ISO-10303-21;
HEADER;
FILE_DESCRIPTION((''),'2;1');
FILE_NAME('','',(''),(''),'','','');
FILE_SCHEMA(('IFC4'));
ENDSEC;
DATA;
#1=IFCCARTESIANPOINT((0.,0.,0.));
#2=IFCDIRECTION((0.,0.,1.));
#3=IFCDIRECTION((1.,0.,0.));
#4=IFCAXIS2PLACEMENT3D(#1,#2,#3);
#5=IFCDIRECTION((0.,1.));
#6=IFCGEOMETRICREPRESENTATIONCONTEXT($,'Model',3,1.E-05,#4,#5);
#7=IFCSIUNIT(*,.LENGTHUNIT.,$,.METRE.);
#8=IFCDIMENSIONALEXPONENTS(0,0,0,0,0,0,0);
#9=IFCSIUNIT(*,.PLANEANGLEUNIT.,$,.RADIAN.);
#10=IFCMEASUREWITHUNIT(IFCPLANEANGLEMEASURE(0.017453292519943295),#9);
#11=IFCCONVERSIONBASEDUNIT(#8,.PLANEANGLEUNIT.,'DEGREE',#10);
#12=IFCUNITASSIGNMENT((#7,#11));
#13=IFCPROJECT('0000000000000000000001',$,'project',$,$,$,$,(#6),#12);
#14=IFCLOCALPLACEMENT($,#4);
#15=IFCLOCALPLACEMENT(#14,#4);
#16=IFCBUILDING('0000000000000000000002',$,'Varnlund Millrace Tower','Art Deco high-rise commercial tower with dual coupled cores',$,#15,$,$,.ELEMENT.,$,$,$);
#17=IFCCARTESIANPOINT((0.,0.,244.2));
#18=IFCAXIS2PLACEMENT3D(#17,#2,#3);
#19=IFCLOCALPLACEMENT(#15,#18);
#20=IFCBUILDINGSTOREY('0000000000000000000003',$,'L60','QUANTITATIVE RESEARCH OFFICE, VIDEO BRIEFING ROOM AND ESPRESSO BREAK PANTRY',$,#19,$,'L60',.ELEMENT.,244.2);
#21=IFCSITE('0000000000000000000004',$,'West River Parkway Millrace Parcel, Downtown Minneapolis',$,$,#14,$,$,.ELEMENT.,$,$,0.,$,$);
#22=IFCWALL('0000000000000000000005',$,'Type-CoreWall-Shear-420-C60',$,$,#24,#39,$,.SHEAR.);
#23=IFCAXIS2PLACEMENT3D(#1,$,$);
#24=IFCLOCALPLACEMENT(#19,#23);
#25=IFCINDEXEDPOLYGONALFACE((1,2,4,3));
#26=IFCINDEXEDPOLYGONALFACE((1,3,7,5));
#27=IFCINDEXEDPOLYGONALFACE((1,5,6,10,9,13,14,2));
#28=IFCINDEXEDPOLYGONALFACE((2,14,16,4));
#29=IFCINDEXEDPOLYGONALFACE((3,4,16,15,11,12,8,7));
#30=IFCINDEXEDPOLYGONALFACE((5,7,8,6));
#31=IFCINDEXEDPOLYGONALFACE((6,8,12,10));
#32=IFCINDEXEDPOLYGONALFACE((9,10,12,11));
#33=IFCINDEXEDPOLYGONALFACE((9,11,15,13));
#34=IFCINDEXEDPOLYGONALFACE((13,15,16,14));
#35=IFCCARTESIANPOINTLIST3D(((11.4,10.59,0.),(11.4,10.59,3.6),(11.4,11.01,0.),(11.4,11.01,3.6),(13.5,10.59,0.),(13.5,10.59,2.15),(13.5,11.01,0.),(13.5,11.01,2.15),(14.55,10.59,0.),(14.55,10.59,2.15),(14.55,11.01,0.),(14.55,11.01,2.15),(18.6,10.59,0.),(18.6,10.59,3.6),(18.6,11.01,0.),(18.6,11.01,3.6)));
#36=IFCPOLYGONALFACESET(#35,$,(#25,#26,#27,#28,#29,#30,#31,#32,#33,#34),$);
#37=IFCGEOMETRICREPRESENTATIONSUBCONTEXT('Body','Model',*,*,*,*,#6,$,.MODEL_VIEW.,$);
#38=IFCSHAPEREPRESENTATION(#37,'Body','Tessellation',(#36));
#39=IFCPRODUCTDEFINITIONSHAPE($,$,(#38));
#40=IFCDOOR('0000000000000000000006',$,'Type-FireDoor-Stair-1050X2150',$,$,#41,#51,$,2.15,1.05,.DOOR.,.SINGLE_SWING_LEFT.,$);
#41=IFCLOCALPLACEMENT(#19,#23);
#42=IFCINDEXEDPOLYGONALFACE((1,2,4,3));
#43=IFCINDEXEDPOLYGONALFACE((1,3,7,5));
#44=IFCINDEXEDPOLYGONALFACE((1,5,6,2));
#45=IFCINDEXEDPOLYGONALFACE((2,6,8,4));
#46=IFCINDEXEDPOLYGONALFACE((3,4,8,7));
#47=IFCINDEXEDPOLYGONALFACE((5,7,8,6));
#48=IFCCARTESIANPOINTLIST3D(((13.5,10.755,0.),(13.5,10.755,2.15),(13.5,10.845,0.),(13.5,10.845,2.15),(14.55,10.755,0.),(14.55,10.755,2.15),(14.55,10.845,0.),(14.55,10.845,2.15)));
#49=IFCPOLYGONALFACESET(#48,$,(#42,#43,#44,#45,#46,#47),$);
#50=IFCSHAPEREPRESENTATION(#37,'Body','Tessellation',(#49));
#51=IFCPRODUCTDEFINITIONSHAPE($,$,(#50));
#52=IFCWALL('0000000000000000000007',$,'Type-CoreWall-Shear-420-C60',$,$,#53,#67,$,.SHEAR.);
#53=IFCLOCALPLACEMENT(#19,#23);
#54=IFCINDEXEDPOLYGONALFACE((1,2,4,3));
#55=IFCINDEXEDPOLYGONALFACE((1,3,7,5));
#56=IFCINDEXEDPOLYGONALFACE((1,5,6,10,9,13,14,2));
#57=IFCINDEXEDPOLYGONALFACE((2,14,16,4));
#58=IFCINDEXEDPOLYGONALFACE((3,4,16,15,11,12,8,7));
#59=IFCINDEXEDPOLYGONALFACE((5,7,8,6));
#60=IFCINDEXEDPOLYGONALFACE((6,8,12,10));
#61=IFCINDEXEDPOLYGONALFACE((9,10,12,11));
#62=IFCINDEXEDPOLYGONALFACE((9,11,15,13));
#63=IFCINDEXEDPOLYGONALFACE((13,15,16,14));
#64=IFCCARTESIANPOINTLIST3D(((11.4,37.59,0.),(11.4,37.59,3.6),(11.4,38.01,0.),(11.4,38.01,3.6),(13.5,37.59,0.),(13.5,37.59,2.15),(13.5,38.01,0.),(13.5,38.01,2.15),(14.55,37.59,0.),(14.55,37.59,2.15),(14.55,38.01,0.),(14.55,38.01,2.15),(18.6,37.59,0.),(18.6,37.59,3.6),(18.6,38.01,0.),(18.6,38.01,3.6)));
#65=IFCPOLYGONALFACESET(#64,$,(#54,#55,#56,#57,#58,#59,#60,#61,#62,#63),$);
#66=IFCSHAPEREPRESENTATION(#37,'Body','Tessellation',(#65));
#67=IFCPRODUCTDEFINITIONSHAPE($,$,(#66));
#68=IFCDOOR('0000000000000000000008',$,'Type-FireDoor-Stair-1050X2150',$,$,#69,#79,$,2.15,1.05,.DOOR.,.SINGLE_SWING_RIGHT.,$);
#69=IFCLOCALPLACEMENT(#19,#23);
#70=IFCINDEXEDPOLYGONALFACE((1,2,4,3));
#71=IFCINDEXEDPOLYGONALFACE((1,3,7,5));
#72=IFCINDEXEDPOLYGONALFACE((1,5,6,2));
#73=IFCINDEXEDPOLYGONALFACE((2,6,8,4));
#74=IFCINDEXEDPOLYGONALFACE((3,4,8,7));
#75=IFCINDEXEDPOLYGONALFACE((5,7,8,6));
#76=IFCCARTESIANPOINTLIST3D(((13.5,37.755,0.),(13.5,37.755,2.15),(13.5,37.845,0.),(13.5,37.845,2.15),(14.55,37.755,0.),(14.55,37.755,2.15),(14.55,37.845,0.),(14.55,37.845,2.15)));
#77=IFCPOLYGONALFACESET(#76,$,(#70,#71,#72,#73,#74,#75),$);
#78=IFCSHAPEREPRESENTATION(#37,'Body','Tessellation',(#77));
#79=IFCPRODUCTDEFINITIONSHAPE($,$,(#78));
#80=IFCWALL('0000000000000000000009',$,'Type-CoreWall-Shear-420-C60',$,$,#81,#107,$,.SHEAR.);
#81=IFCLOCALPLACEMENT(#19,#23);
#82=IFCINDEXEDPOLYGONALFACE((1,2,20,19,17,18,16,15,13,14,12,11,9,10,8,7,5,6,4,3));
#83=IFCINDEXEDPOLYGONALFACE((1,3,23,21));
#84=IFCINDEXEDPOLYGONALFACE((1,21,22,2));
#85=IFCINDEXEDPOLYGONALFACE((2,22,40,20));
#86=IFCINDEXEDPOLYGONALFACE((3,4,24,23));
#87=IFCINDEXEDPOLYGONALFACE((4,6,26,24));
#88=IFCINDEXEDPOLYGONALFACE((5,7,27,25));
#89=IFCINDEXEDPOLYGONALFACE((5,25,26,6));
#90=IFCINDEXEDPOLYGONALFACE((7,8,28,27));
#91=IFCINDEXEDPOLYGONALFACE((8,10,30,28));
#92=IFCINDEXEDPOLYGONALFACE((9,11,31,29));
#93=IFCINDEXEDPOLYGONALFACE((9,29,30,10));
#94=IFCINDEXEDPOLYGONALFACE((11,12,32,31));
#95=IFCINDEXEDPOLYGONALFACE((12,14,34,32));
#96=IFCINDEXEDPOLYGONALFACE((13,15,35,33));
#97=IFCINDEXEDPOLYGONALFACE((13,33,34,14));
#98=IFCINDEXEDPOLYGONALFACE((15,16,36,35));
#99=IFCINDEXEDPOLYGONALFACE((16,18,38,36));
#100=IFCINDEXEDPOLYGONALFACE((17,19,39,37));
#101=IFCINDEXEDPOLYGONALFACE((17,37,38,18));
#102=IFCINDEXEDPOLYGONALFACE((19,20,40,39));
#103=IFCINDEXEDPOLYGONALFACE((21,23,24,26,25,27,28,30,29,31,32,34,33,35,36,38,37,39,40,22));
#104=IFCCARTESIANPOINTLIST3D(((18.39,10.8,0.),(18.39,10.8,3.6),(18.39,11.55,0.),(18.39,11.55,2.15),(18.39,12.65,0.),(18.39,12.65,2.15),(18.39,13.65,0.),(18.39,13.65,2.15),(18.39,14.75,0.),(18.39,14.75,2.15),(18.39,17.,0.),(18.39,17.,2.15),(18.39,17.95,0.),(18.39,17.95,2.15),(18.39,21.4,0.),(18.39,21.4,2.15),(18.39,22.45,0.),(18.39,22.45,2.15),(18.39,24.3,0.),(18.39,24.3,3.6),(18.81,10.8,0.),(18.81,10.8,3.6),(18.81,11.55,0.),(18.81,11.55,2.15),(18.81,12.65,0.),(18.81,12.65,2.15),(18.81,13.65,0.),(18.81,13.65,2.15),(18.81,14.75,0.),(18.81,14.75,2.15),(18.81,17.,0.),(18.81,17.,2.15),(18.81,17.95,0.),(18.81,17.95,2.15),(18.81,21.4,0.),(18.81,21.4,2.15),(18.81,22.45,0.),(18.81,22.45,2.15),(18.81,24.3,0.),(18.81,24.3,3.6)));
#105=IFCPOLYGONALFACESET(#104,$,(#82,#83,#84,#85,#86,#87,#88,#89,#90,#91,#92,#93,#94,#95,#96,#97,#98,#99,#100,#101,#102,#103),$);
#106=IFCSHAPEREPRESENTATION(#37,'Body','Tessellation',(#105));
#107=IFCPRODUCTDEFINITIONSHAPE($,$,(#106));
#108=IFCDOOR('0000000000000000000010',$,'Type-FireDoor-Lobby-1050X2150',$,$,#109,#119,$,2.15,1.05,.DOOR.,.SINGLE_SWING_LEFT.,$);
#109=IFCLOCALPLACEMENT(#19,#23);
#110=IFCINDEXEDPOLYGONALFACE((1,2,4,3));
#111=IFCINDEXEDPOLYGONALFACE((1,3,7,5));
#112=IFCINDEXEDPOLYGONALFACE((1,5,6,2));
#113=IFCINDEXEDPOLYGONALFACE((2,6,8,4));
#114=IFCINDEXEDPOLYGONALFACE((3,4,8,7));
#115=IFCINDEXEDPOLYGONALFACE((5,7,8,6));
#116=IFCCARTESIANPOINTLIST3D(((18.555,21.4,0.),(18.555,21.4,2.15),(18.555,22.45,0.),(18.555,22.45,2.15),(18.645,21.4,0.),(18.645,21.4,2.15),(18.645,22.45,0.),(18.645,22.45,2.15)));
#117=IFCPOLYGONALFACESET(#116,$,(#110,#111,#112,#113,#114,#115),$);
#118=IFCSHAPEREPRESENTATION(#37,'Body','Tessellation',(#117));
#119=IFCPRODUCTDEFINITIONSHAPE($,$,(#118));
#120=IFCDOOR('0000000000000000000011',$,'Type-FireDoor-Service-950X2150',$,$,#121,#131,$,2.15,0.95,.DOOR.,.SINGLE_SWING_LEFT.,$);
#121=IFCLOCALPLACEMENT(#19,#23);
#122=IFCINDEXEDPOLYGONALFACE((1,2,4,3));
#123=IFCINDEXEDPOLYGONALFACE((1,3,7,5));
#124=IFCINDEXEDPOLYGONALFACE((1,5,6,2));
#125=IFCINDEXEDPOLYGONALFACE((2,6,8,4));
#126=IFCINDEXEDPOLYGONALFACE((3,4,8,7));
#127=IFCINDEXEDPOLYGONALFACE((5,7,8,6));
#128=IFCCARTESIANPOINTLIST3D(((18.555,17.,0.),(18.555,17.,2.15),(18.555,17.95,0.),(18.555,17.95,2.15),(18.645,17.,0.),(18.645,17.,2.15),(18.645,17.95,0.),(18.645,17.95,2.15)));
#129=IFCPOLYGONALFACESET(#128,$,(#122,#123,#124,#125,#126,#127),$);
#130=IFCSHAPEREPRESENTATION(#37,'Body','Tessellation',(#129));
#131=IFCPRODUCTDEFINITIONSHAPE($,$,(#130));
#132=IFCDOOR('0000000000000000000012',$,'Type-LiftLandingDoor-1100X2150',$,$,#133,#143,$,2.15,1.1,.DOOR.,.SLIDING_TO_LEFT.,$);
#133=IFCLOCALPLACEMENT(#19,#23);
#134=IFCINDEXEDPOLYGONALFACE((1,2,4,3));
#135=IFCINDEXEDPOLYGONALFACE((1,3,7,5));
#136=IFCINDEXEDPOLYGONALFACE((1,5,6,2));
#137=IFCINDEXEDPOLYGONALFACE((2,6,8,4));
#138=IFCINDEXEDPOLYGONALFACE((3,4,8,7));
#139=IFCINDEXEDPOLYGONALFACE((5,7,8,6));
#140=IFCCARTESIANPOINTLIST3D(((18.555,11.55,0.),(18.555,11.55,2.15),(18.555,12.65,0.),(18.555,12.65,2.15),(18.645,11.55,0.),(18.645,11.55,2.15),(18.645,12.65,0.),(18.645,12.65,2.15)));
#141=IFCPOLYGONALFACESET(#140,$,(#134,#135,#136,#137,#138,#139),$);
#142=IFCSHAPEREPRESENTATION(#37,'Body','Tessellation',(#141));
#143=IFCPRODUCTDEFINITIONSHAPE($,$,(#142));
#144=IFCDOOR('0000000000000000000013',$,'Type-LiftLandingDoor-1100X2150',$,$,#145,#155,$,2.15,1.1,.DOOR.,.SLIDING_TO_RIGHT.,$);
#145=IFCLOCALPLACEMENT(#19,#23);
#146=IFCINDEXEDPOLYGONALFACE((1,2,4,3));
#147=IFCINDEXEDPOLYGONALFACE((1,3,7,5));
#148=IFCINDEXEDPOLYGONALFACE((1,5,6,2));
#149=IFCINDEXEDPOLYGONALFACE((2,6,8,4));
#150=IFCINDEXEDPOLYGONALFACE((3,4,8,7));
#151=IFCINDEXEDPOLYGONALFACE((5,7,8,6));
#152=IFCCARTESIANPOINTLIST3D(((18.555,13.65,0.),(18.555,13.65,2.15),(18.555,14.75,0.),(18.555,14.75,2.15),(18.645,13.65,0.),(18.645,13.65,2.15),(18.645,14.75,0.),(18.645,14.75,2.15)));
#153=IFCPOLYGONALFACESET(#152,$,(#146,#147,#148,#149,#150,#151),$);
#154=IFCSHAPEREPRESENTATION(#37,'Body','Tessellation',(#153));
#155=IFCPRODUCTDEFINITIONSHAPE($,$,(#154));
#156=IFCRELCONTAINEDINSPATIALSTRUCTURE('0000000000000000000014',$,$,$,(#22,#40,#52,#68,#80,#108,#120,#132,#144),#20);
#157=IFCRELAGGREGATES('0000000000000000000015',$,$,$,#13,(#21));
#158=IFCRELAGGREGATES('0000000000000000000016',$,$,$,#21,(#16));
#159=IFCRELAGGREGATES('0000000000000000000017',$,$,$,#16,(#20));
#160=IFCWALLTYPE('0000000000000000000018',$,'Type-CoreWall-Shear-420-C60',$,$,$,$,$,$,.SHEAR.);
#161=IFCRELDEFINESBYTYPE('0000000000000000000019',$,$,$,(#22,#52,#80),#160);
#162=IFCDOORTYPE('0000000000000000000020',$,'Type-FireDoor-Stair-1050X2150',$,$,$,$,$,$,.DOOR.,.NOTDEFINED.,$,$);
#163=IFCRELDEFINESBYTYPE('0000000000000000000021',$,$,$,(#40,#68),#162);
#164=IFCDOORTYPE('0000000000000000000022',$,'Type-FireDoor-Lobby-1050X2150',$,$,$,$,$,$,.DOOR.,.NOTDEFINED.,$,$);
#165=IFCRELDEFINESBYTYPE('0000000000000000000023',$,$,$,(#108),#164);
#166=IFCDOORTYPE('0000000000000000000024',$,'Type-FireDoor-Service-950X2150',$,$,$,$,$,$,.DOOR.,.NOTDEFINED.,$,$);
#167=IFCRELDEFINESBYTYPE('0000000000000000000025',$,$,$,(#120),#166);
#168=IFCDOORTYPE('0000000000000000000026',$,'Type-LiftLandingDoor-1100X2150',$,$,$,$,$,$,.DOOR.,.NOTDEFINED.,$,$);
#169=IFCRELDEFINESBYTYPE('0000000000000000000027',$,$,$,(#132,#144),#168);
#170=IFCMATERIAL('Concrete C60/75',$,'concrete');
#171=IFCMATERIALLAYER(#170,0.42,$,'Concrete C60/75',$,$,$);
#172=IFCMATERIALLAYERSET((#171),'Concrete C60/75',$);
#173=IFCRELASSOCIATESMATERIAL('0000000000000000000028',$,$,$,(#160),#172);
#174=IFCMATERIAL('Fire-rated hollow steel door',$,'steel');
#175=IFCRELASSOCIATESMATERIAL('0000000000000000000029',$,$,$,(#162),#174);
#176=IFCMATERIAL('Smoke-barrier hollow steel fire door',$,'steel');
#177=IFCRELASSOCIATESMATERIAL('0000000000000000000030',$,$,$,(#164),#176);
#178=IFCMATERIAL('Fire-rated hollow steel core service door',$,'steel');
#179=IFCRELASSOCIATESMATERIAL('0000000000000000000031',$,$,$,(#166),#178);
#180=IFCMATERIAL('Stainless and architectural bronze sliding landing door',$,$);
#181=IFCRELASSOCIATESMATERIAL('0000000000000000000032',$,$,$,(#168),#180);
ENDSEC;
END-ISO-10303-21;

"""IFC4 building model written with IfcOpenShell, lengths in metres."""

from ifc_helpers import new_model, entity, si_unit, converted_unit, direction, frame, origin_with_axes, origin_2d_with_axis, place, context, subcontext, project, spatial, polyline, rectangle, outline, extrude, material, layer, layer_set, type_object, element, fill, save


model = new_model("IFC4")

# Units and contexts
model_context = context("Model", 3, precision=1e-05, world=origin_with_axes(), true_north=direction((0.0, 1.0)))
body_context = subcontext(model_context, "Body", "Model", "MODEL_VIEW")
ifc_project = project(units=[si_unit("LENGTHUNIT", "METRE"), converted_unit("PLANEANGLEUNIT", "DEGREE", entity("IfcPlaneAngleMeasure", 0.017453292519943295), si_unit("PLANEANGLEUNIT", "RADIAN"), dimensions=[0, 0, 0, 0, 0, 0, 0])], contexts=[model_context])

# Site, building, storey
site_placement = place(None, origin_with_axes())
site = spatial("IfcSite", under=ifc_project, at=site_placement, Name="West River Parkway Millrace Parcel, Downtown Minneapolis", CompositionType="ELEMENT", RefElevation=0.0)
building_placement = place(site_placement, origin_with_axes())
building = spatial("IfcBuilding", under=site, at=building_placement, Name="Varnlund Millrace Tower", Description="Art Deco high-rise commercial tower with dual coupled cores", CompositionType="ELEMENT")
storey_placement = place(building_placement, frame((0.0, 0.0, 244.2), z_axis=(0.0, 0.0, 1.0), x_axis=(1.0, 0.0, 0.0)))
storey = spatial("IfcBuildingStorey", under=building, at=storey_placement, Name="L60", Description="QUANTITATIVE RESEARCH OFFICE, VIDEO BRIEFING ROOM AND ESPRESSO BREAK PANTRY", LongName="L60", CompositionType="ELEMENT", Elevation=244.2)

# Walls, openings, doors
ifc_material_1 = material(Name="Concrete C60/75", Category="concrete")
ifc_layer_1 = layer(ifc_material_1, 0.42, Name="Concrete C60/75")
ifc_layer_set_1 = layer_set([ifc_layer_1], Name="Concrete C60/75")
wall_type_1 = type_object("IfcWallType", Name="Type-CoreWall-Shear-420-C60", PredefinedType="SHEAR", material=ifc_layer_set_1)
wall_1_placement = place(storey_placement, frame((11.4, 10.8, 0.0), z_axis=(0.0, 0.0, 1.0), x_axis=(1.0, 0.0, 0.0)))
wall_1 = element("IfcWall", 1, at=wall_1_placement, inside=storey, type_object=wall_type_1, Name="Type-CoreWall-Shear-420-C60", PredefinedType="SHEAR", context=body_context, shape_type="SweptSolid", body=[
    extrude(outline(polyline([(0.0, -0.21), (7.2, -0.21), (7.2, 0.21), (0.0, 0.21), (0.0, -0.21)])), origin_with_axes(), (0.0, 0.0, 1.0), 3.6),
])
opening_1_placement = place(wall_1_placement, frame((2.625, 0.0, 0.0), z_axis=(0.0, 0.0, 1.0), x_axis=(1.0, 0.0, 0.0)))
opening_1 = element("IfcOpeningElement", 2, at=opening_1_placement, cuts=wall_1, PredefinedType="OPENING", context=body_context, shape_type="SweptSolid", body=[
    extrude(rectangle(XDim=1.05, YDim=0.44, at=origin_2d_with_axis()), origin_with_axes(), (0.0, 0.0, 1.0), 2.15),
])
ifc_material_2 = material(Name="Fire-rated hollow steel door", Category="steel")
door_type_1 = type_object("IfcDoorType", Name="Type-FireDoor-Stair-1050X2150", OperationType="NOTDEFINED", PredefinedType="DOOR", material=ifc_material_2)
door_1_placement = place(wall_1_placement, frame((2.625, 0.0, 0.0), z_axis=(0.0, 0.0, 1.0), x_axis=(1.0, 0.0, 0.0)))
door_1 = element("IfcDoor", 3, at=door_1_placement, inside=storey, type_object=door_type_1, Name="Type-FireDoor-Stair-1050X2150", OperationType="SINGLE_SWING_LEFT", OverallHeight=2.15, OverallWidth=1.05, PredefinedType="DOOR", context=body_context, shape_type="SweptSolid", body=[
    extrude(rectangle(XDim=1.05, YDim=0.09, at=origin_2d_with_axis()), origin_with_axes(), (0.0, 0.0, 1.0), 2.15),
])
fill(opening_1, door_1)
wall_2_placement = place(storey_placement, frame((11.4, 37.8, 0.0), z_axis=(0.0, 0.0, 1.0), x_axis=(1.0, 0.0, 0.0)))
wall_2 = element("IfcWall", 4, at=wall_2_placement, inside=storey, type_object=wall_type_1, Name="Type-CoreWall-Shear-420-C60", PredefinedType="SHEAR", context=body_context, shape_type="SweptSolid", body=[
    extrude(outline(polyline([(0.0, -0.21), (7.2, -0.21), (7.2, 0.21), (0.0, 0.21), (0.0, -0.21)])), origin_with_axes(), (0.0, 0.0, 1.0), 3.6),
])
opening_2_placement = place(wall_2_placement, frame((2.625, 0.0, 0.0), z_axis=(0.0, 0.0, 1.0), x_axis=(1.0, 0.0, 0.0)))
opening_2 = element("IfcOpeningElement", 5, at=opening_2_placement, cuts=wall_2, PredefinedType="OPENING", context=body_context, shape_type="SweptSolid", body=[
    extrude(rectangle(XDim=1.05, YDim=0.44, at=origin_2d_with_axis()), origin_with_axes(), (0.0, 0.0, 1.0), 2.15),
])
door_2_placement = place(wall_2_placement, frame((2.625, 0.0, 0.0), z_axis=(0.0, 0.0, 1.0), x_axis=(1.0, 0.0, 0.0)))
door_2 = element("IfcDoor", 6, at=door_2_placement, inside=storey, type_object=door_type_1, Name="Type-FireDoor-Stair-1050X2150", OperationType="SINGLE_SWING_RIGHT", OverallHeight=2.15, OverallWidth=1.05, PredefinedType="DOOR", context=body_context, shape_type="SweptSolid", body=[
    extrude(rectangle(XDim=1.05, YDim=0.09, at=origin_2d_with_axis()), origin_with_axes(), (0.0, 0.0, 1.0), 2.15),
])
fill(opening_2, door_2)

# Wall, openings, doors
wall_3_placement = place(storey_placement, frame((18.6, 10.8, 0.0), z_axis=(0.0, 0.0, 1.0), x_axis=(0.0, 1.0, 0.0)))
wall_3 = element("IfcWall", 7, at=wall_3_placement, inside=storey, type_object=wall_type_1, Name="Type-CoreWall-Shear-420-C60", PredefinedType="SHEAR", context=body_context, shape_type="SweptSolid", body=[
    extrude(outline(polyline([(0.0, -0.21), (13.5, -0.21), (13.5, 0.21), (0.0, 0.21), (0.0, -0.21)])), origin_with_axes(), (0.0, 0.0, 1.0), 3.6),
])
opening_3_placement = place(wall_3_placement, frame((1.3, 0.0, 0.0), z_axis=(0.0, 0.0, 1.0), x_axis=(1.0, 0.0, 0.0)))
opening_3 = element("IfcOpeningElement", 8, at=opening_3_placement, cuts=wall_3, PredefinedType="OPENING", context=body_context, shape_type="SweptSolid", body=[
    extrude(rectangle(XDim=1.1, YDim=0.44, at=origin_2d_with_axis()), origin_with_axes(), (0.0, 0.0, 1.0), 2.15),
])
opening_4_placement = place(wall_3_placement, frame((3.4, 0.0, 0.0), z_axis=(0.0, 0.0, 1.0), x_axis=(1.0, 0.0, 0.0)))
opening_4 = element("IfcOpeningElement", 9, at=opening_4_placement, cuts=wall_3, PredefinedType="OPENING", context=body_context, shape_type="SweptSolid", body=[
    extrude(rectangle(XDim=1.1, YDim=0.44, at=origin_2d_with_axis()), origin_with_axes(), (0.0, 0.0, 1.0), 2.15),
])
opening_5_placement = place(wall_3_placement, frame((11.125, 0.0, 0.0), z_axis=(0.0, 0.0, 1.0), x_axis=(1.0, 0.0, 0.0)))
opening_5 = element("IfcOpeningElement", 10, at=opening_5_placement, cuts=wall_3, PredefinedType="OPENING", context=body_context, shape_type="SweptSolid", body=[
    extrude(rectangle(XDim=1.05, YDim=0.44, at=origin_2d_with_axis()), origin_with_axes(), (0.0, 0.0, 1.0), 2.15),
])
opening_6_placement = place(wall_3_placement, frame((6.675, 0.0, 0.0), z_axis=(0.0, 0.0, 1.0), x_axis=(1.0, 0.0, 0.0)))
opening_6 = element("IfcOpeningElement", 11, at=opening_6_placement, cuts=wall_3, PredefinedType="OPENING", context=body_context, shape_type="SweptSolid", body=[
    extrude(rectangle(XDim=0.95, YDim=0.44, at=origin_2d_with_axis()), origin_with_axes(), (0.0, 0.0, 1.0), 2.15),
])
ifc_material_3 = material(Name="Smoke-barrier hollow steel fire door", Category="steel")
door_type_2 = type_object("IfcDoorType", Name="Type-FireDoor-Lobby-1050X2150", OperationType="NOTDEFINED", PredefinedType="DOOR", material=ifc_material_3)
door_3_placement = place(wall_3_placement, frame((11.125, 0.0, 0.0), z_axis=(0.0, 0.0, 1.0), x_axis=(1.0, 0.0, 0.0)))
door_3 = element("IfcDoor", 12, at=door_3_placement, inside=storey, type_object=door_type_2, Name="Type-FireDoor-Lobby-1050X2150", OperationType="SINGLE_SWING_LEFT", OverallHeight=2.15, OverallWidth=1.05, PredefinedType="DOOR", context=body_context, shape_type="SweptSolid", body=[
    extrude(rectangle(XDim=1.05, YDim=0.09, at=origin_2d_with_axis()), origin_with_axes(), (0.0, 0.0, 1.0), 2.15),
])
fill(opening_5, door_3)
ifc_material_4 = material(Name="Fire-rated hollow steel core service door", Category="steel")
door_type_3 = type_object("IfcDoorType", Name="Type-FireDoor-Service-950X2150", OperationType="NOTDEFINED", PredefinedType="DOOR", material=ifc_material_4)
door_4_placement = place(wall_3_placement, frame((6.675, 0.0, 0.0), z_axis=(0.0, 0.0, 1.0), x_axis=(1.0, 0.0, 0.0)))
door_4 = element("IfcDoor", 13, at=door_4_placement, inside=storey, type_object=door_type_3, Name="Type-FireDoor-Service-950X2150", OperationType="SINGLE_SWING_LEFT", OverallHeight=2.15, OverallWidth=0.95, PredefinedType="DOOR", context=body_context, shape_type="SweptSolid", body=[
    extrude(rectangle(XDim=0.95, YDim=0.09, at=origin_2d_with_axis()), origin_with_axes(), (0.0, 0.0, 1.0), 2.15),
])
fill(opening_6, door_4)
ifc_material_5 = material(Name="Stainless and architectural bronze sliding landing door")
door_type_4 = type_object("IfcDoorType", Name="Type-LiftLandingDoor-1100X2150", OperationType="NOTDEFINED", PredefinedType="DOOR", material=ifc_material_5)
door_5_placement = place(wall_3_placement, frame((1.3, 0.0, 0.0), z_axis=(0.0, 0.0, 1.0), x_axis=(1.0, 0.0, 0.0)))
door_5 = element("IfcDoor", 14, at=door_5_placement, inside=storey, type_object=door_type_4, Name="Type-LiftLandingDoor-1100X2150", OperationType="SLIDING_TO_LEFT", OverallHeight=2.15, OverallWidth=1.1, PredefinedType="DOOR", context=body_context, shape_type="SweptSolid", body=[
    extrude(rectangle(XDim=1.1, YDim=0.09, at=origin_2d_with_axis()), origin_with_axes(), (0.0, 0.0, 1.0), 2.15),
])
fill(opening_3, door_5)
door_6_placement = place(wall_3_placement, frame((3.4, 0.0, 0.0), z_axis=(0.0, 0.0, 1.0), x_axis=(1.0, 0.0, 0.0)))
door_6 = element("IfcDoor", 15, at=door_6_placement, inside=storey, type_object=door_type_4, Name="Type-LiftLandingDoor-1100X2150", OperationType="SLIDING_TO_RIGHT", OverallHeight=2.15, OverallWidth=1.1, PredefinedType="DOOR", context=body_context, shape_type="SweptSolid", body=[
    extrude(rectangle(XDim=1.1, YDim=0.09, at=origin_2d_with_axis()), origin_with_axes(), (0.0, 0.0, 1.0), 2.15),
])
fill(opening_4, door_6)

save(model, "model.ifc")
